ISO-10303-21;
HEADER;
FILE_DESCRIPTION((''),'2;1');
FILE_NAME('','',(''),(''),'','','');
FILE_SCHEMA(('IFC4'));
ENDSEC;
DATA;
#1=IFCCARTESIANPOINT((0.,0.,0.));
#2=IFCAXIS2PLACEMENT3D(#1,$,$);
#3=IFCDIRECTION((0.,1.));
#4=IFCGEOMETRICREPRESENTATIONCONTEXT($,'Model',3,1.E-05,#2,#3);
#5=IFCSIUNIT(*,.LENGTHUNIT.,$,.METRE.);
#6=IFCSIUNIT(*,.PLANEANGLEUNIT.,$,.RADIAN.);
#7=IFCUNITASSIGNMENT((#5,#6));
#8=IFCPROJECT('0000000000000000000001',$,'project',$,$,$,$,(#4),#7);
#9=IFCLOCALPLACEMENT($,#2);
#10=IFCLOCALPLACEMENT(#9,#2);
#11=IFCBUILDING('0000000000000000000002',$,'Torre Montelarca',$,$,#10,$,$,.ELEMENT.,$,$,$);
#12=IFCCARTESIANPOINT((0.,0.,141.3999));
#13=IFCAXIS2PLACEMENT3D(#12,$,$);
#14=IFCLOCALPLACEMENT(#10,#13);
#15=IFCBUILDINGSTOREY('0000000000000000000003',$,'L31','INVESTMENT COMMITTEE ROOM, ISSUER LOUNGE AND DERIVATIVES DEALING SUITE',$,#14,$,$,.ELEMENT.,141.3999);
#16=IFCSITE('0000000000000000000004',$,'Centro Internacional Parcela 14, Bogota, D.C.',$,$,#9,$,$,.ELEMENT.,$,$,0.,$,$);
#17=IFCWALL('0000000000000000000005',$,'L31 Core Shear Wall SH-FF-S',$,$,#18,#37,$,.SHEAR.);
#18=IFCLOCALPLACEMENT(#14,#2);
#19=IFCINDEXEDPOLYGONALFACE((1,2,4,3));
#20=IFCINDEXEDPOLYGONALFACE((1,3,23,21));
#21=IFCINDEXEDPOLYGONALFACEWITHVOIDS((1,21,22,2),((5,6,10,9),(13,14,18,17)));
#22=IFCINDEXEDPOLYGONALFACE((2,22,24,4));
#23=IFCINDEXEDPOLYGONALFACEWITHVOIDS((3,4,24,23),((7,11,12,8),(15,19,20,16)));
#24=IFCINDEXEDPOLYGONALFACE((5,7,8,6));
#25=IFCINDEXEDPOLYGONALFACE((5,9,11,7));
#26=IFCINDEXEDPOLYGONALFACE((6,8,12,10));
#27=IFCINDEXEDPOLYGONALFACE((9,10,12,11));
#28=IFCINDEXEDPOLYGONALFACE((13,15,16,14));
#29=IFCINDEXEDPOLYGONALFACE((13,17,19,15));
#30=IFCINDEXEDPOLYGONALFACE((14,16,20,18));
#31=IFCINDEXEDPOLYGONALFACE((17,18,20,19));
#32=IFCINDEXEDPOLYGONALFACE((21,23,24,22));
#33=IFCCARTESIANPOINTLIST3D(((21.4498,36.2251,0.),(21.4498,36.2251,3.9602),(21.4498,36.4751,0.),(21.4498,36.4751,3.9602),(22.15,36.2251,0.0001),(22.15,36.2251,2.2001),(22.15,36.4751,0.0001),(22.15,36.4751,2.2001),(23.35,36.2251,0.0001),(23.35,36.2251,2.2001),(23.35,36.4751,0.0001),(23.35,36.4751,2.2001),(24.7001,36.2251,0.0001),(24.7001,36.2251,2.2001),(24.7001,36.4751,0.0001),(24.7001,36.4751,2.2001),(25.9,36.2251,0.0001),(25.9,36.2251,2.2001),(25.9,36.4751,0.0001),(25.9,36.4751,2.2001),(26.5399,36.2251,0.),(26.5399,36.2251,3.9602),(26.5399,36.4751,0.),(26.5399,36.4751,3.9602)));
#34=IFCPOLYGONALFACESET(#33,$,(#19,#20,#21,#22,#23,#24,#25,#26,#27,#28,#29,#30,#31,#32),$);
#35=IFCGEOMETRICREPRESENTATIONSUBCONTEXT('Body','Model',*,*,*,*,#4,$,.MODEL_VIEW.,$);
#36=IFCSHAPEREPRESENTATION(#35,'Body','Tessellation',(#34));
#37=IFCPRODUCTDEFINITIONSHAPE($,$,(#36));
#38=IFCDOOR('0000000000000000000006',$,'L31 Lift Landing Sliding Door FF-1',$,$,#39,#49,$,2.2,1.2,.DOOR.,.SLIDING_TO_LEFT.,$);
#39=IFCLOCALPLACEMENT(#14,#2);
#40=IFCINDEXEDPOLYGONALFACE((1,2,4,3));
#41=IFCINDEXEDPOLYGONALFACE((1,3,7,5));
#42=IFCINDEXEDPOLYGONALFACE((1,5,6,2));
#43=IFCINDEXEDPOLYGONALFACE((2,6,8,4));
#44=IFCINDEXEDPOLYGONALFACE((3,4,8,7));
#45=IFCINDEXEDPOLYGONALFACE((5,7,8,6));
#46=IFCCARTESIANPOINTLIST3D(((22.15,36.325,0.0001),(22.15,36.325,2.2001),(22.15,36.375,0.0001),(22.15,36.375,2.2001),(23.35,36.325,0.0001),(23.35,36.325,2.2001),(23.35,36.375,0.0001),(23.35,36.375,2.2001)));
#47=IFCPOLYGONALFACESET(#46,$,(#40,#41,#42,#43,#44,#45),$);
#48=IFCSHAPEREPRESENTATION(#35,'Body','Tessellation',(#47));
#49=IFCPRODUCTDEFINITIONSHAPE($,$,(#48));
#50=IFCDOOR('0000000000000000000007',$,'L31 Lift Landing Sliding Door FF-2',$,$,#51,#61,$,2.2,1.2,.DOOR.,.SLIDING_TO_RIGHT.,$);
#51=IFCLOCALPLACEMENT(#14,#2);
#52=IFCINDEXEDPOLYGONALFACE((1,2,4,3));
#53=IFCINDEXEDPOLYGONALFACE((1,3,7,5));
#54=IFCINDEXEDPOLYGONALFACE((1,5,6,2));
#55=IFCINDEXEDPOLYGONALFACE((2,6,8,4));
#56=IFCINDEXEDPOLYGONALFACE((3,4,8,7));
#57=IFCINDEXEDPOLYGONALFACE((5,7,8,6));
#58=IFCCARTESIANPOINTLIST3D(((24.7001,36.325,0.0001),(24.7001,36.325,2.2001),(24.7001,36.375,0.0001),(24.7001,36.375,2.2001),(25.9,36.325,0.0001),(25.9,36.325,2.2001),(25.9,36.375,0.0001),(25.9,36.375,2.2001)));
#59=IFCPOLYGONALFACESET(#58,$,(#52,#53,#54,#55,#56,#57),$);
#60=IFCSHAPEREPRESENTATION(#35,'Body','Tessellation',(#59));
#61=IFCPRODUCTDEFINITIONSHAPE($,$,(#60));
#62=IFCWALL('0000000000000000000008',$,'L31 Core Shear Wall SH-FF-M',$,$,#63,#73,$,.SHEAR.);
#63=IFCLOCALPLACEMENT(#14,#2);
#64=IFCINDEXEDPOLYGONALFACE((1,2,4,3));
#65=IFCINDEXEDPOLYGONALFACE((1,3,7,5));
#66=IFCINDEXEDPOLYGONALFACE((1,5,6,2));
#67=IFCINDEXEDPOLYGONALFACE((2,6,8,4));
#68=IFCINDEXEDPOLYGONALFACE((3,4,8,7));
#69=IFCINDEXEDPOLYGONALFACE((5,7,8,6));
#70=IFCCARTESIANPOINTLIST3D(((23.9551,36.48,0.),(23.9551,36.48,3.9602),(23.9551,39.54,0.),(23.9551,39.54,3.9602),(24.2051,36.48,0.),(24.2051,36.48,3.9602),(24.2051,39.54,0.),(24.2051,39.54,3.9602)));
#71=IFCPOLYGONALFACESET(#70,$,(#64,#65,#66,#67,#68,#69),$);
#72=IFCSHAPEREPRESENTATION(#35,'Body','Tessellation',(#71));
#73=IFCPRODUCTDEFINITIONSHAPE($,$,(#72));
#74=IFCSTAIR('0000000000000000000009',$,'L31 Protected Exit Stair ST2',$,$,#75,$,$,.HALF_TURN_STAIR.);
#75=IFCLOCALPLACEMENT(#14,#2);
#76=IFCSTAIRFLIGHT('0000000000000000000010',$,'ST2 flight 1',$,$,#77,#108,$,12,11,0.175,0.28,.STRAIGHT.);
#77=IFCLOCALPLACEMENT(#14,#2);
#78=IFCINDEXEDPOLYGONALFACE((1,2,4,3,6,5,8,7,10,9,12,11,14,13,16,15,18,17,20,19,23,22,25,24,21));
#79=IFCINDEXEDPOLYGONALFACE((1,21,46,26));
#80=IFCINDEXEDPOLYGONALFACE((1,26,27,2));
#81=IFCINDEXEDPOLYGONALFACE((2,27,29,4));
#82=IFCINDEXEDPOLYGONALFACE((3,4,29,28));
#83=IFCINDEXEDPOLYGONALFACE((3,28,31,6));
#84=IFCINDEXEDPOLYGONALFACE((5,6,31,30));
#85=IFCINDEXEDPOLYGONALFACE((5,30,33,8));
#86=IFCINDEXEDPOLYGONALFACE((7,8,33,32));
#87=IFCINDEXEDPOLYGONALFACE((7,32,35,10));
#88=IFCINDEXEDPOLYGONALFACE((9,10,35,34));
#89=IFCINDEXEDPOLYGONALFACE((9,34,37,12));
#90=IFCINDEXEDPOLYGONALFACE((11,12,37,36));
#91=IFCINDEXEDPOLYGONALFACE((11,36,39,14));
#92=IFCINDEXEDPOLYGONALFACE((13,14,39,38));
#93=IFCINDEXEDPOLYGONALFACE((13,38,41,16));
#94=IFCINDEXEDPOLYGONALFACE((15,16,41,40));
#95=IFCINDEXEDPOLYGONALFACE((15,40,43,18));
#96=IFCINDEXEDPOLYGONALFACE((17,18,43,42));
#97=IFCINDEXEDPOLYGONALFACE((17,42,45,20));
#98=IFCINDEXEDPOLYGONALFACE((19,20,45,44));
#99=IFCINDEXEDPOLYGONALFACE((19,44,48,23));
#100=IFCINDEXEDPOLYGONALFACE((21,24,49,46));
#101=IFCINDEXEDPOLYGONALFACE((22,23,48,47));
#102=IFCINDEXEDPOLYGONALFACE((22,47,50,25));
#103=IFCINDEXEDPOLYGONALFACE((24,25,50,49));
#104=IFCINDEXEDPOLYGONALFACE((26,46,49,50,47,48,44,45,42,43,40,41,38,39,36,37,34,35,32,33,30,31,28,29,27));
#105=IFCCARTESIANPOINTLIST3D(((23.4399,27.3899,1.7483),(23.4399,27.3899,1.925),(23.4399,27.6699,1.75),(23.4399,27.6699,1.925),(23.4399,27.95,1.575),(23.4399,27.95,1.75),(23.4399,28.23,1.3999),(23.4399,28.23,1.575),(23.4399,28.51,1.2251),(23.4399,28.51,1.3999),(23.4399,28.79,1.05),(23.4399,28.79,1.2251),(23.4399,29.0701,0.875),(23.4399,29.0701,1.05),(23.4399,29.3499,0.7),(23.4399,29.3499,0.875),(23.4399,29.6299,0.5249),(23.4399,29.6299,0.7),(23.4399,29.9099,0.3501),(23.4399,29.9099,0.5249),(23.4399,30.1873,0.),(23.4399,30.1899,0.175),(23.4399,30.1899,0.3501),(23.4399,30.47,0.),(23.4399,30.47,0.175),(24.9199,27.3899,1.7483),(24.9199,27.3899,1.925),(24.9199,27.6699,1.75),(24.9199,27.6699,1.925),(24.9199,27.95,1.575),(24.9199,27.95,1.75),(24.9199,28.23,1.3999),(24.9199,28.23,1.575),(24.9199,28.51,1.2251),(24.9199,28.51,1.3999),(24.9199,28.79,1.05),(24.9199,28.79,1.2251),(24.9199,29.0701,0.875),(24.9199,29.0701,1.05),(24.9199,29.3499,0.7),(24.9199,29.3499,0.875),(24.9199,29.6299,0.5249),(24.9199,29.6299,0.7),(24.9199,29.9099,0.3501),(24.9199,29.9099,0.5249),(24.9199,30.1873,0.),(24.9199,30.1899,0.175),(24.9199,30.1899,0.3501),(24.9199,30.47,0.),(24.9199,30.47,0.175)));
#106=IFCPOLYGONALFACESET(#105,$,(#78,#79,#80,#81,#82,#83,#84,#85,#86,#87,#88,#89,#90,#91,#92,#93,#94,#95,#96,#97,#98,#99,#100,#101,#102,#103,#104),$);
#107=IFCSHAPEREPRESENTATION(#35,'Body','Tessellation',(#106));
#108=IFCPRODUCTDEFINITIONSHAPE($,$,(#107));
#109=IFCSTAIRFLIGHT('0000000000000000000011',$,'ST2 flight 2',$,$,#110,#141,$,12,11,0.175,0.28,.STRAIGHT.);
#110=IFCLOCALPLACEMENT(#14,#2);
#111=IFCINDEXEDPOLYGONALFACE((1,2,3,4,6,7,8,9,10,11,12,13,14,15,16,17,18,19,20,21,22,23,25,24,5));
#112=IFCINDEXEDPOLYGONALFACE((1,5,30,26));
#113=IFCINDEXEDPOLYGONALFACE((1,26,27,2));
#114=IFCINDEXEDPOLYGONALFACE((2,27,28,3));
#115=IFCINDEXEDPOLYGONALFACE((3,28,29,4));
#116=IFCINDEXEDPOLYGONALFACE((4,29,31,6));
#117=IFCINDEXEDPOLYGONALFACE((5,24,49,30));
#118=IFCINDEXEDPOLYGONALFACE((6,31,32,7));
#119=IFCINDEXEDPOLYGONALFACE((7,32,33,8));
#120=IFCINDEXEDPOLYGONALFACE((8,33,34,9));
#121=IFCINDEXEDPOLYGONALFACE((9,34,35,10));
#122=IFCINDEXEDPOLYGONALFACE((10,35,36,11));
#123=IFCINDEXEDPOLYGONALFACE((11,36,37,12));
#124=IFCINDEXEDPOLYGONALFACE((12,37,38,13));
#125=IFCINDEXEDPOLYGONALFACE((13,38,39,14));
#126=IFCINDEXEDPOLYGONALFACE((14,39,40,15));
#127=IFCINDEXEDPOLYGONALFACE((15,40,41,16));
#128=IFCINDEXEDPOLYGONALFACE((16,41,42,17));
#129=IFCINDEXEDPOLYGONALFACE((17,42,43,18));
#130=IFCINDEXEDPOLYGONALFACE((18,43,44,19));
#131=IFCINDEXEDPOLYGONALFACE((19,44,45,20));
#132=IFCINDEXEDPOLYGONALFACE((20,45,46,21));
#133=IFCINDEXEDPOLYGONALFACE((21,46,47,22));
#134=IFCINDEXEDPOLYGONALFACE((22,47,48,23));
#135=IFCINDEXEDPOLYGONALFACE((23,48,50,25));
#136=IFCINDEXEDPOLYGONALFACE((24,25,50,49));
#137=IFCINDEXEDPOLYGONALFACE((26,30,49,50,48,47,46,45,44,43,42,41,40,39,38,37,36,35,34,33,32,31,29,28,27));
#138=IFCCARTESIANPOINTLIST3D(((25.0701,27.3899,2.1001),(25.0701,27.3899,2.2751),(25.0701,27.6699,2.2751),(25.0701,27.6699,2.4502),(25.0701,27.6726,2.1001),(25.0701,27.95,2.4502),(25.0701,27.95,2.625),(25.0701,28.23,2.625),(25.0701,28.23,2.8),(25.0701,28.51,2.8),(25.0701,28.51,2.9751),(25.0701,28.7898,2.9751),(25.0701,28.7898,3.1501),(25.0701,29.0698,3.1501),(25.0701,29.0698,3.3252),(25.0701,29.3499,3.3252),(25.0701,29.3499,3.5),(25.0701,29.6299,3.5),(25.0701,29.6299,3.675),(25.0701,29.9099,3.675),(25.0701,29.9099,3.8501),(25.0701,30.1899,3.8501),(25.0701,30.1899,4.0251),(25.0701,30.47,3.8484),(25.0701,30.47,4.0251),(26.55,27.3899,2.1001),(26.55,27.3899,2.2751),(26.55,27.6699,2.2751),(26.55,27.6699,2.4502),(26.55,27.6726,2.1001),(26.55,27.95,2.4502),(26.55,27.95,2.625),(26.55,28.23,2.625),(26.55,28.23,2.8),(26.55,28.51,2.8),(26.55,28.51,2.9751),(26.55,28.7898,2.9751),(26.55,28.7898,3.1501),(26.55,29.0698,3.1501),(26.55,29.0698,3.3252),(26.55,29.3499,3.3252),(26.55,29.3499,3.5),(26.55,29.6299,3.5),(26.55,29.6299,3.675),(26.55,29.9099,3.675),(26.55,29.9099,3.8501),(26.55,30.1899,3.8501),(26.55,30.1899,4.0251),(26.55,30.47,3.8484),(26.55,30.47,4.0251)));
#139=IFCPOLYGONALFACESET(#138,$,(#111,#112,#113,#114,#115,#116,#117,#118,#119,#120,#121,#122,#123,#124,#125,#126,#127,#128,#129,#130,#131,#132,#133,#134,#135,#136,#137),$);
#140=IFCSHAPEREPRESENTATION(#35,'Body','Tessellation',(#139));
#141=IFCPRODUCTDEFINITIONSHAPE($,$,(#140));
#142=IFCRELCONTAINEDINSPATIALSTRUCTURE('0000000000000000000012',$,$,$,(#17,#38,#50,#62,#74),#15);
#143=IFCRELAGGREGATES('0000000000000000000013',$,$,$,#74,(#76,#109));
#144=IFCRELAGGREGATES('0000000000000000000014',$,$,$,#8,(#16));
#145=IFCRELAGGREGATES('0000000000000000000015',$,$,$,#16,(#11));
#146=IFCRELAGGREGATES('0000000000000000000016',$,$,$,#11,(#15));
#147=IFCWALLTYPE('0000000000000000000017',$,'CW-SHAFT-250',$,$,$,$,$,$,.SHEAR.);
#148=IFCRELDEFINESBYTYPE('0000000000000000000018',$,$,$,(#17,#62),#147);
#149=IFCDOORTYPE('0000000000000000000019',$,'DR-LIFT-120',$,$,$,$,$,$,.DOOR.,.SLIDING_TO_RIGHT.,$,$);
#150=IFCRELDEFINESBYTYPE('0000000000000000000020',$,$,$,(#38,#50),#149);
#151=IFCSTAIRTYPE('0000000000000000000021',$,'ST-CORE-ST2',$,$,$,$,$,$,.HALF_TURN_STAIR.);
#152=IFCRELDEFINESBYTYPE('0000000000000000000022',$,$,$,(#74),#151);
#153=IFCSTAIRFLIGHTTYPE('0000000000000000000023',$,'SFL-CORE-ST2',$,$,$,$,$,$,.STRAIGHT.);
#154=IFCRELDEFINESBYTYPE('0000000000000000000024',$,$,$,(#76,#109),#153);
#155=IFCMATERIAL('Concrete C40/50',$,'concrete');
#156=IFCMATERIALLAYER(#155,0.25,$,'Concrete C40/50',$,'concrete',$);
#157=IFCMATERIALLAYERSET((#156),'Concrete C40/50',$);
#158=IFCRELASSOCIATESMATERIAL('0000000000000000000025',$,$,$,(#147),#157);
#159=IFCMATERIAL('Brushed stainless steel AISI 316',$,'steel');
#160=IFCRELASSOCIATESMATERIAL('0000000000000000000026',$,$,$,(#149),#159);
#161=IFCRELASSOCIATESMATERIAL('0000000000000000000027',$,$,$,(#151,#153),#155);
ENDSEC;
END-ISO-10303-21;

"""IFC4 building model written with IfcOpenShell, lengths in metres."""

from ifc_helpers import new_model, si_unit, direction, frame, frame_2d, origin, place, context, subcontext, project, spatial, polyline, rectangle, outline, extrude, source, transform, mapped, material, layer, layer_set, type_object, element, fill, aggregate, save


model = new_model("IFC4")

# Units and contexts
model_context = context("Model", 3, precision=1e-05, world=origin(), true_north=direction((0.0, 1.0)))
body_context = subcontext(model_context, "Body", "Model", "MODEL_VIEW")
ifc_project = project(units=[si_unit("LENGTHUNIT", "METRE"), si_unit("PLANEANGLEUNIT", "RADIAN")], contexts=[model_context])

# Site, building, storey
site_placement = place(None, origin())
site = spatial("IfcSite", under=ifc_project, at=site_placement, Name="Centro Internacional Parcela 14, Bogota, D.C.", CompositionType="ELEMENT", RefElevation=0.0)
building_placement = place(site_placement, origin())
building = spatial("IfcBuilding", under=site, at=building_placement, Name="Torre Montelarca", CompositionType="ELEMENT")
storey_placement = place(building_placement, frame((0.0, 0.0, 141.3999)))
storey = spatial("IfcBuildingStorey", under=building, at=storey_placement, Name="L31", Description="INVESTMENT COMMITTEE ROOM, ISSUER LOUNGE AND DERIVATIVES DEALING SUITE", CompositionType="ELEMENT", Elevation=141.3999)

# Shared definitions
ifc_material_1 = material(Name="Concrete C40/50", Category="concrete")
ifc_layer_1 = layer(ifc_material_1, 0.25, Name="Concrete C40/50", Category="concrete")
ifc_layer_set_1 = layer_set([ifc_layer_1], Name="Concrete C40/50")
wall_type = type_object("IfcWallType", Name="CW-SHAFT-250", PredefinedType="SHEAR", material=ifc_layer_set_1)

# Wall, openings, doors
wall_1_placement = place(storey_placement, frame((21.45, 36.3501, 0.0), z_axis=(0.0, 0.0, 1.0), x_axis=(1.0, 0.0, 0.0)))
wall_1 = element("IfcWall", 1, at=wall_1_placement, inside=storey, type_object=wall_type, Name="L31 Core Shear Wall SH-FF-S", PredefinedType="SHEAR", context=body_context, shape_type="SweptSolid", body=[
    extrude(rectangle(XDim=5.0901, YDim=0.25, at=frame_2d((2.5449, 0.0))), origin(), (0.0, 0.0, 1.0), 3.9602),
])
opening_1_placement = place(wall_1_placement, frame((0.7, 0.0, 0.0)))
opening_1 = element("IfcOpeningElement", 2, at=opening_1_placement, cuts=wall_1, PredefinedType="OPENING", context=body_context, shape_type="SweptSolid", body=[
    extrude(rectangle(XDim=1.2, YDim=2.2, at=frame_2d((0.6001, 1.1001))), frame((0.0, 0.135, 0.0), z_axis=(0.0, -1.0, 0.0), x_axis=(1.0, 0.0, 0.0)), (0.0, 0.0, 1.0), 0.27),
])
opening_2_placement = place(wall_1_placement, frame((3.25, 0.0, 0.0)))
opening_2 = element("IfcOpeningElement", 3, at=opening_2_placement, cuts=wall_1, PredefinedType="OPENING", context=body_context, shape_type="SweptSolid", body=[
    extrude(rectangle(XDim=1.2, YDim=2.2, at=frame_2d((0.6001, 1.1001))), frame((0.0, 0.135, 0.0), z_axis=(0.0, -1.0, 0.0), x_axis=(1.0, 0.0, 0.0)), (0.0, 0.0, 1.0), 0.27),
])
ifc_material_2 = material(Name="Brushed stainless steel AISI 316", Category="steel")
door_type_1 = type_object("IfcDoorType", Name="DR-LIFT-120", OperationType="SLIDING_TO_RIGHT", PredefinedType="DOOR", material=ifc_material_2)
shared_shape_1 = source(origin(), body_context, "Body", "SweptSolid", [
    extrude(rectangle(XDim=1.2, YDim=2.2, at=frame_2d((0.6001, 1.1001))), frame((0.0, 0.0249, 0.0), z_axis=(0.0, -1.0, 0.0), x_axis=(1.0, 0.0, 0.0)), (0.0, 0.0, 1.0), 0.05),
])
door_1_placement = place(opening_1_placement, origin())
door_1 = element("IfcDoor", 4, at=door_1_placement, inside=storey, type_object=door_type_1, Name="L31 Lift Landing Sliding Door FF-1", OperationType="SLIDING_TO_LEFT", OverallHeight=2.2, OverallWidth=1.2, PredefinedType="DOOR", context=body_context, shape_type="MappedRepresentation", body=[
    mapped(shared_shape_1, transform((0.0, 0.0, 0.0), scale=1.0)),
])
fill(opening_1, door_1)
door_2_placement = place(opening_2_placement, origin())
door_2 = element("IfcDoor", 5, at=door_2_placement, inside=storey, type_object=door_type_1, Name="L31 Lift Landing Sliding Door FF-2", OperationType="SLIDING_TO_RIGHT", OverallHeight=2.2, OverallWidth=1.2, PredefinedType="DOOR", context=body_context, shape_type="MappedRepresentation", body=[
    mapped(shared_shape_1, transform((0.0, 0.0, 0.0), scale=1.0)),
])
fill(opening_2, door_2)

# Wall
wall_2_placement = place(storey_placement, frame((24.0801, 36.48, 0.0), z_axis=(0.0, 0.0, 1.0), x_axis=(0.0, 1.0, 0.0)))
element("IfcWall", 6, at=wall_2_placement, inside=storey, type_object=wall_type, Name="L31 Core Shear Wall SH-FF-M", PredefinedType="SHEAR", context=body_context, shape_type="SweptSolid", body=[
    extrude(rectangle(XDim=3.0601, YDim=0.25, at=frame_2d((1.53, 0.0))), origin(), (0.0, 0.0, 1.0), 3.9602),
])

# Stair, stair flights
stair_type = type_object("IfcStairType", Name="ST-CORE-ST2", PredefinedType="HALF_TURN_STAIR", material=ifc_material_1)
stair_placement = place(storey_placement, origin())
stair = element("IfcStair", 7, at=stair_placement, inside=storey, type_object=stair_type, Name="L31 Protected Exit Stair ST2", PredefinedType="HALF_TURN_STAIR")
stair_flight_type = type_object("IfcStairFlightType", Name="SFL-CORE-ST2", PredefinedType="STRAIGHT", material=ifc_material_1)
stair_flight_1_placement = place(storey_placement, frame((24.1799, 30.47, 0.0), z_axis=(0.0, 0.0, 1.0), x_axis=(0.0, -1.0, 0.0)))
stair_flight_1 = element("IfcStairFlight", 8, at=stair_flight_1_placement, type_object=stair_flight_type, Name="ST2 flight 1", NumberOfRisers=12, NumberOfTreads=11, PredefinedType="STRAIGHT", RiserHeight=0.175, TreadLength=0.28, context=body_context, shape_type="SweptSolid", body=[
    extrude(outline(polyline([(0.0, 0.0), (0.0, 0.175), (0.28, 0.175), (0.28, 0.3501), (0.5601, 0.3501), (0.5601, 0.5249), (0.8401, 0.5249), (0.8401, 0.7), (1.1201, 0.7), (1.1201, 0.875), (1.3999, 0.875), (1.3999, 1.05), (1.6799, 1.05), (1.6799, 1.2251), (1.96, 1.2251), (1.96, 1.3999), (2.24, 1.3999), (2.24, 1.575), (2.52, 1.575), (2.52, 1.75), (2.8, 1.75), (2.8, 1.925), (3.0801, 1.925), (3.0801, 2.1001), (3.0801, 1.7483), (0.2827, 0.0), (0.0, 0.0)])), frame((0.0, 0.74, 0.0), z_axis=(0.0, -1.0, 0.0), x_axis=(1.0, 0.0, 0.0)), (0.0, 0.0, 1.0), 1.48),
])
stair_flight_2_placement = place(storey_placement, frame((25.8101, 27.3899, 2.1001), z_axis=(0.0, 0.0, 1.0), x_axis=(0.0, 1.0, 0.0)))
stair_flight_2 = element("IfcStairFlight", 9, at=stair_flight_2_placement, type_object=stair_flight_type, Name="ST2 flight 2", NumberOfRisers=12, NumberOfTreads=11, PredefinedType="STRAIGHT", RiserHeight=0.175, TreadLength=0.28, context=body_context, shape_type="SweptSolid", body=[
    extrude(outline(polyline([(0.0, 0.0), (0.0, 0.175), (0.28, 0.175), (0.28, 0.3501), (0.5601, 0.3501), (0.5601, 0.5249), (0.8401, 0.5249), (0.8401, 0.7), (1.1201, 0.7), (1.1201, 0.875), (1.3999, 0.875), (1.3999, 1.05), (1.6799, 1.05), (1.6799, 1.2251), (1.96, 1.2251), (1.96, 1.3999), (2.24, 1.3999), (2.24, 1.575), (2.52, 1.575), (2.52, 1.75), (2.8, 1.75), (2.8, 1.925), (3.0801, 1.925), (3.0801, 2.1001), (3.0801, 1.7483), (0.2827, 0.0), (0.0, 0.0)])), frame((0.0, 0.74, 0.0), z_axis=(0.0, -1.0, 0.0), x_axis=(1.0, 0.0, 0.0)), (0.0, 0.0, 1.0), 1.48),
])
aggregate(stair, [stair_flight_1, stair_flight_2])

save(model, "model.ifc")
